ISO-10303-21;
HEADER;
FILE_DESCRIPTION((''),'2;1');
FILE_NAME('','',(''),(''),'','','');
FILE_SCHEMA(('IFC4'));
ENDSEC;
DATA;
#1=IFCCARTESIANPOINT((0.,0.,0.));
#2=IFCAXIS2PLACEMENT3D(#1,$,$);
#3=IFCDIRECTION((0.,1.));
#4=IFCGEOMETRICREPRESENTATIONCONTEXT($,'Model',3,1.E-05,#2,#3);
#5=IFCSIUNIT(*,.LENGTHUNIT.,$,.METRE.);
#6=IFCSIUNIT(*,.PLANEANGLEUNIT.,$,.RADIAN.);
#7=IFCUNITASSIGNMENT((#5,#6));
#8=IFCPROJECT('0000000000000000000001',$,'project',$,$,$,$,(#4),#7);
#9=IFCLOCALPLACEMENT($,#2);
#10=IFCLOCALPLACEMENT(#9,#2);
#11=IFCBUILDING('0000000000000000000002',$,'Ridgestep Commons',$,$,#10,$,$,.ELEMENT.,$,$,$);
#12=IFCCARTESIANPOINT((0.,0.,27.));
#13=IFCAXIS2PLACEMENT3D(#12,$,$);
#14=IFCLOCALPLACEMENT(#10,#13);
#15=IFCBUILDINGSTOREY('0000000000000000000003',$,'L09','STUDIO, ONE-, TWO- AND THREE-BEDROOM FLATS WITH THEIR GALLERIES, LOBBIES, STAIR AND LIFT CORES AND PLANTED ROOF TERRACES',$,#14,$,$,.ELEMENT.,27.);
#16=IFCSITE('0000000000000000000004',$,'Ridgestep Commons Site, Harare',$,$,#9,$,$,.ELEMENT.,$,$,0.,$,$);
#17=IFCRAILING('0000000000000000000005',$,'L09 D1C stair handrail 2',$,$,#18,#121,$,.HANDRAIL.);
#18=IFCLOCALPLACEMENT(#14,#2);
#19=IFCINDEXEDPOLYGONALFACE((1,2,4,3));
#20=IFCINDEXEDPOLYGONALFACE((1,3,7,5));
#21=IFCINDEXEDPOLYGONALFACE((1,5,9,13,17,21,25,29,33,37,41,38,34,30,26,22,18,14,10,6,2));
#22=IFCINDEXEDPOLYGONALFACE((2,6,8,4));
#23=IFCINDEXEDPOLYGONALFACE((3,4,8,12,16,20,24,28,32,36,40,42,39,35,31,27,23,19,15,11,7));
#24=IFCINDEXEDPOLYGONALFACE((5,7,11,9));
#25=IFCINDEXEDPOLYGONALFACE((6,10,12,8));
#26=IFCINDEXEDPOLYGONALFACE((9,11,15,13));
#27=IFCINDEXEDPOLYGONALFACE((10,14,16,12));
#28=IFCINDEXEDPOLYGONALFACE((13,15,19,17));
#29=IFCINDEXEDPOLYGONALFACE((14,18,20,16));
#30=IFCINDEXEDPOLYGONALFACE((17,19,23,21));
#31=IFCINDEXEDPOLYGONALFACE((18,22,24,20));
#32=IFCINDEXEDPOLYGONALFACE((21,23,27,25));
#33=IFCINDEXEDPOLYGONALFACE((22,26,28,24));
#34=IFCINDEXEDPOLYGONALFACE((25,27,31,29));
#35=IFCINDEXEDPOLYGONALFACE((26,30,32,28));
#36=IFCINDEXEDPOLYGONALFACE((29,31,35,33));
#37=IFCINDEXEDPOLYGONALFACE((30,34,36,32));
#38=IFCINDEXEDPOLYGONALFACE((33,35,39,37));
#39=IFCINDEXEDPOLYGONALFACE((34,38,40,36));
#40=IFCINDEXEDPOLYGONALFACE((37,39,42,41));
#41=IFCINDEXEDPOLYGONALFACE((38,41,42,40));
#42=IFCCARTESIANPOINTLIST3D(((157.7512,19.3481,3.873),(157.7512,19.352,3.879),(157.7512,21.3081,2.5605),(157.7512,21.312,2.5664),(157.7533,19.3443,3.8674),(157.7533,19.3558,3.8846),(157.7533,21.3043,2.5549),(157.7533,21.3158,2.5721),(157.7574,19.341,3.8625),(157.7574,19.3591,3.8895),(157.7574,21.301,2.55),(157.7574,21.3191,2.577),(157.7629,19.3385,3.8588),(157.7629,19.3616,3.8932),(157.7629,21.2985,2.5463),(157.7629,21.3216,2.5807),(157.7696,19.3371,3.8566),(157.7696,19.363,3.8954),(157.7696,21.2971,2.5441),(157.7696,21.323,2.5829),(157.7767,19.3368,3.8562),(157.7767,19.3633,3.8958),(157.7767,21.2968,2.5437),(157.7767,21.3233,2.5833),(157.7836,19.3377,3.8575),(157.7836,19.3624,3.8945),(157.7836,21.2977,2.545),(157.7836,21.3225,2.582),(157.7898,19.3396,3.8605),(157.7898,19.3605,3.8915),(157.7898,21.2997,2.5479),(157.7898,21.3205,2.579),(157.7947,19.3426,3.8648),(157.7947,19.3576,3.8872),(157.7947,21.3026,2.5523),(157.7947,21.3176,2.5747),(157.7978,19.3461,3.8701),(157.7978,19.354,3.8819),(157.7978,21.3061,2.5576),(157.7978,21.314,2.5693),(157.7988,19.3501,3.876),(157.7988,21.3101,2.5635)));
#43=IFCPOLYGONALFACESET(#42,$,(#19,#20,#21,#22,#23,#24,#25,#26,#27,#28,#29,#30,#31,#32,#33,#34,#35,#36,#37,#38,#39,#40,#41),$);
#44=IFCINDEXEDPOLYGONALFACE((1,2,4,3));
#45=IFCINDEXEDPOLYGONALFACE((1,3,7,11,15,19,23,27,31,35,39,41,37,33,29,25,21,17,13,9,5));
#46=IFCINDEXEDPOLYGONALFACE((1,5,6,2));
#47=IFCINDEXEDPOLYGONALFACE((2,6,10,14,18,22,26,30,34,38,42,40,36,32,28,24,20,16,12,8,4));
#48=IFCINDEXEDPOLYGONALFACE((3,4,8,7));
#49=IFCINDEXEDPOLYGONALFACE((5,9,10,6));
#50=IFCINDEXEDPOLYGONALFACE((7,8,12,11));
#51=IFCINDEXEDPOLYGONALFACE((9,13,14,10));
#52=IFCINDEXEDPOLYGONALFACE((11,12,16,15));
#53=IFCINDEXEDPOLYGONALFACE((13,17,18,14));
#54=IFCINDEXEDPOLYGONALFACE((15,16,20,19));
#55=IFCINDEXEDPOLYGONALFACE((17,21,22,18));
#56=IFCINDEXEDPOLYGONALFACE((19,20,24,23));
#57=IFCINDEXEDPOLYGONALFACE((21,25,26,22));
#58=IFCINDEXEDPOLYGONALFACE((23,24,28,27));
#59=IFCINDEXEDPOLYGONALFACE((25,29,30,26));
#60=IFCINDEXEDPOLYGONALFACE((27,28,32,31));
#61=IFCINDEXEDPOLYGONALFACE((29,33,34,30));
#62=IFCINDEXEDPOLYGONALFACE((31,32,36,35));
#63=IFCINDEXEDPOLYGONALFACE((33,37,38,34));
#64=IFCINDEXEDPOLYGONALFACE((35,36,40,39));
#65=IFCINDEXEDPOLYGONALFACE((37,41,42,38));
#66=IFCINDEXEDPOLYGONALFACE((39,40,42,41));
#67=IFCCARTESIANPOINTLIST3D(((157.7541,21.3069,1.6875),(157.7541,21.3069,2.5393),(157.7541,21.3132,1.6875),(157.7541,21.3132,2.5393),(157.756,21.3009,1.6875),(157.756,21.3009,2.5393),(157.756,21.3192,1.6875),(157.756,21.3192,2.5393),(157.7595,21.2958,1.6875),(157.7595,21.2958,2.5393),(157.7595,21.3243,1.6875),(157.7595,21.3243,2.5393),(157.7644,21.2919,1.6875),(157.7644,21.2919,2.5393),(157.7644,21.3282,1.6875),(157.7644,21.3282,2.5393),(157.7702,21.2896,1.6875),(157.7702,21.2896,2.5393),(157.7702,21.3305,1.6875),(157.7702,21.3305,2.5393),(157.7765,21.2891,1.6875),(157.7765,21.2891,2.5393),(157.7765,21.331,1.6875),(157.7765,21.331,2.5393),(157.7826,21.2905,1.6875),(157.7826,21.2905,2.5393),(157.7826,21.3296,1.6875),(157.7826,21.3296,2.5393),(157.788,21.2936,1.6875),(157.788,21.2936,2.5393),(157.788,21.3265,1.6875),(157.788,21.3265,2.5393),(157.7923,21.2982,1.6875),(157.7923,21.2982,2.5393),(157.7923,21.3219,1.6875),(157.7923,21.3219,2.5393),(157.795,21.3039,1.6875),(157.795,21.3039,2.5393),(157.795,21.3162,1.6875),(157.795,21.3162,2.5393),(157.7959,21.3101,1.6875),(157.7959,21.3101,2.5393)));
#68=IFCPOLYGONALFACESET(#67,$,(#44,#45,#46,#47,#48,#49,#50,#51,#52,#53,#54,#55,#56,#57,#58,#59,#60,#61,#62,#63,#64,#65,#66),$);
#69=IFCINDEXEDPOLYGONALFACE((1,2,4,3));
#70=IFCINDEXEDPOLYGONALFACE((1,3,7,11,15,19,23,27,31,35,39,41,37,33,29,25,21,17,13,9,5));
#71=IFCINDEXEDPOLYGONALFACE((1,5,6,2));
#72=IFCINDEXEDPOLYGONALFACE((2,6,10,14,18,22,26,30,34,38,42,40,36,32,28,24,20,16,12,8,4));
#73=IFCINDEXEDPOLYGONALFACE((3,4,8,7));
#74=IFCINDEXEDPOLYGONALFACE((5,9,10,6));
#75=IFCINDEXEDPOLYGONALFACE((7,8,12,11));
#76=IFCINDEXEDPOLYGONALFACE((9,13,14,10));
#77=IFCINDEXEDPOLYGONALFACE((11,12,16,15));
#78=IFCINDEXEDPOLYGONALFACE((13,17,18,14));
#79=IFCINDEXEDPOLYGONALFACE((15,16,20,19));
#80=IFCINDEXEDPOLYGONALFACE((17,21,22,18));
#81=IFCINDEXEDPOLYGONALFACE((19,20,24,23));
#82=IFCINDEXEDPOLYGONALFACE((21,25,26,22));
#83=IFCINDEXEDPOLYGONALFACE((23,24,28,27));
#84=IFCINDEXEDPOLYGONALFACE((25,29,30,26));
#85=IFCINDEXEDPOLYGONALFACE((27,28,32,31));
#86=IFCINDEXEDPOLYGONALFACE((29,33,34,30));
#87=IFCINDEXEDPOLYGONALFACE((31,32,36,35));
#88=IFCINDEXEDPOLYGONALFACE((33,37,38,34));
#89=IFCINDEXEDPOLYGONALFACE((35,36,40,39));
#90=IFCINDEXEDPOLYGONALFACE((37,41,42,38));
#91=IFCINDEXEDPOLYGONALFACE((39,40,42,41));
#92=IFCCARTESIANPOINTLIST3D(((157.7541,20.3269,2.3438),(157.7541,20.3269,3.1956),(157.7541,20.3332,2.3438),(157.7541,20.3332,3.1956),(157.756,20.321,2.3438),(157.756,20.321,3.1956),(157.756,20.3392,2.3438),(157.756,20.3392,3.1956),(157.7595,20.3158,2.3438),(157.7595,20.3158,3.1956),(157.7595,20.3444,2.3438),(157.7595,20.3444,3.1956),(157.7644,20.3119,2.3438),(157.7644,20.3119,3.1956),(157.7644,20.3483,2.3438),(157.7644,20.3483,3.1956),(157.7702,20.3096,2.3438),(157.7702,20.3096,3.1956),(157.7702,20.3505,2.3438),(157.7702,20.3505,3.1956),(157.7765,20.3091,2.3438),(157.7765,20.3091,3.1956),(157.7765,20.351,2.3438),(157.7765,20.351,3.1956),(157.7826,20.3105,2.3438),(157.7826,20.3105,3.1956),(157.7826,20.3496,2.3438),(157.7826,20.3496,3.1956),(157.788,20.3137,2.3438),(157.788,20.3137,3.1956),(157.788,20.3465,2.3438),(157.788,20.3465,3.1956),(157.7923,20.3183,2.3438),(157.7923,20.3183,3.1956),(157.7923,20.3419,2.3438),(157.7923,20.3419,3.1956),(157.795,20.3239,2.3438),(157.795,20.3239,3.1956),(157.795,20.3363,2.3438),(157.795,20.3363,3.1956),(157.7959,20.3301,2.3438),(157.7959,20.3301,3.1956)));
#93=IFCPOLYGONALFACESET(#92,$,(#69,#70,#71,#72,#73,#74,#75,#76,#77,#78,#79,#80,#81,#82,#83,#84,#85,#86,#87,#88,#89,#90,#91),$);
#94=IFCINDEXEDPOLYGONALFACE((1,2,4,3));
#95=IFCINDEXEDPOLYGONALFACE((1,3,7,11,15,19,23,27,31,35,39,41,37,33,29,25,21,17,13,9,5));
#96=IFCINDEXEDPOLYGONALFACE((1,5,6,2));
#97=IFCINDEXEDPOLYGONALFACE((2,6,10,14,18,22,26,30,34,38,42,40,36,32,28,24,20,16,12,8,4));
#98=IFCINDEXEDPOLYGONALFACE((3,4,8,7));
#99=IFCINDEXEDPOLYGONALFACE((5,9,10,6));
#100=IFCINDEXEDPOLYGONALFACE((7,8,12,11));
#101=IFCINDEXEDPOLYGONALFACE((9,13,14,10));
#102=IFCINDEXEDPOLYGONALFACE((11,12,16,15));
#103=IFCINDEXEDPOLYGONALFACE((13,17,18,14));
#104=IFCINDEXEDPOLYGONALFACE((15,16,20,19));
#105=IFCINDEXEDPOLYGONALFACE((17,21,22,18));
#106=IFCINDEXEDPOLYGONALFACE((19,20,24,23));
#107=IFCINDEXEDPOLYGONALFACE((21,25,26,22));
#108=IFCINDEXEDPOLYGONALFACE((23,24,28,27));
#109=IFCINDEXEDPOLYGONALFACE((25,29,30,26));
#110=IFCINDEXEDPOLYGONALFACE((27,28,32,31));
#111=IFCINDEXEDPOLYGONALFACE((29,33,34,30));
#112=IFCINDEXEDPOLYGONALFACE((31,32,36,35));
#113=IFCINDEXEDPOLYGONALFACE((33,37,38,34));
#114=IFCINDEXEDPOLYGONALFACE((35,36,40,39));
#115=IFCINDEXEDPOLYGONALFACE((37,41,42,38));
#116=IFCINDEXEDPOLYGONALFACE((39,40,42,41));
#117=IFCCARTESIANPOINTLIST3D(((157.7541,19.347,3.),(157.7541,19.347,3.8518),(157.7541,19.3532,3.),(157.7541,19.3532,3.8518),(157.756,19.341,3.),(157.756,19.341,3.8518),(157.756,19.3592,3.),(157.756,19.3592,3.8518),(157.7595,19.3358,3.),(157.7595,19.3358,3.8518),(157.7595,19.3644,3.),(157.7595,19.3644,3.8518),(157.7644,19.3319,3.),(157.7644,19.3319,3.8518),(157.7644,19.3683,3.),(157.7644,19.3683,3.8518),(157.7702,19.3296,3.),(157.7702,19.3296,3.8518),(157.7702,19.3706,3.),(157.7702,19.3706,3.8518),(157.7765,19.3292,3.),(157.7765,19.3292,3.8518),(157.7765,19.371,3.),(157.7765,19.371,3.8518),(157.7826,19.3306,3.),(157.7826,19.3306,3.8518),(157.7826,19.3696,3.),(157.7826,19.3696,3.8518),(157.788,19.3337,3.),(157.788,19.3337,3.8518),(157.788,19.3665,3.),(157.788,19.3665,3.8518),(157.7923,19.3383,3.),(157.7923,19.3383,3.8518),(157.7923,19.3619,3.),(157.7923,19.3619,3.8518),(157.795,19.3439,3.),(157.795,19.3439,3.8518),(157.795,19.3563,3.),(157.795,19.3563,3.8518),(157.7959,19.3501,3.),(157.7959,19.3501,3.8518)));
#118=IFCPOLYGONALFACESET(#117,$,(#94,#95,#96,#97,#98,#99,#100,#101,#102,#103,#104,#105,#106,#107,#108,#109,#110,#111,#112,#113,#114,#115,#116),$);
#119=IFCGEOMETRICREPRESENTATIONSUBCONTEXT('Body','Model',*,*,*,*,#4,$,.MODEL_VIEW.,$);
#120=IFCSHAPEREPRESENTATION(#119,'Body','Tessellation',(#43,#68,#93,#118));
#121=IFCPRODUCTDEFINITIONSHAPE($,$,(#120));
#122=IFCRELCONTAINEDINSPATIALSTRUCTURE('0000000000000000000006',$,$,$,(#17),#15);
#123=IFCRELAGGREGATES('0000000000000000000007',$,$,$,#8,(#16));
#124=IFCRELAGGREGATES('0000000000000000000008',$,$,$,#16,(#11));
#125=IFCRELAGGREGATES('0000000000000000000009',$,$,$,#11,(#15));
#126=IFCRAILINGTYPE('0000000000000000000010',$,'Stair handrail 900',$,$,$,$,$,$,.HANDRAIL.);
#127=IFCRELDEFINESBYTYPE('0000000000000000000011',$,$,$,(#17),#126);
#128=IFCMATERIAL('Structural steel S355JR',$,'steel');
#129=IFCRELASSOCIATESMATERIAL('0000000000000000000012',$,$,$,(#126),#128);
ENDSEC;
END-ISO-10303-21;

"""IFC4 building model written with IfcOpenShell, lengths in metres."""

from ifc_helpers import new_model, si_unit, direction, frame, origin, origin_2d, place, context, subcontext, project, spatial, circle, extrude, material, type_object, element, save


model = new_model("IFC4")

# Units and contexts
model_context = context("Model", 3, precision=1e-05, world=origin(), true_north=direction((0.0, 1.0)))
body_context = subcontext(model_context, "Body", "Model", "MODEL_VIEW")
ifc_project = project(units=[si_unit("LENGTHUNIT", "METRE"), si_unit("PLANEANGLEUNIT", "RADIAN")], contexts=[model_context])

# Site, building, storey
site_placement = place(None, origin())
site = spatial("IfcSite", under=ifc_project, at=site_placement, Name="Ridgestep Commons Site, Harare", CompositionType="ELEMENT", RefElevation=0.0)
building_placement = place(site_placement, origin())
building = spatial("IfcBuilding", under=site, at=building_placement, Name="Ridgestep Commons", CompositionType="ELEMENT")
storey_placement = place(building_placement, frame((0.0, 0.0, 27.0)))
storey = spatial("IfcBuildingStorey", under=building, at=storey_placement, Name="L09", Description="STUDIO, ONE-, TWO- AND THREE-BEDROOM FLATS WITH THEIR GALLERIES, LOBBIES, STAIR AND LIFT CORES AND PLANTED ROOF TERRACES", CompositionType="ELEMENT", Elevation=27.0)

# Railing
ifc_material_1 = material(Name="Structural steel S355JR", Category="steel")
railing_type_1 = type_object("IfcRailingType", Name="Stair handrail 900", PredefinedType="HANDRAIL", material=ifc_material_1)
railing_1_placement = place(storey_placement, frame((157.7749, 21.3101, 1.6875)))
element("IfcRailing", 1, at=railing_1_placement, inside=storey, type_object=railing_type_1, Name="L09 D1C stair handrail 2", PredefinedType="HANDRAIL", context=body_context, shape_type="SweptSolid", body=[
    extrude(circle(Radius=0.0239, at=origin_2d()), frame((0.0, 0.0, 0.876), z_axis=(0.0, -0.830902, 0.556419), x_axis=(1.0, 0.0, 0.0)), (0.0, 0.0, 1.0), 2.3589),
    extrude(circle(Radius=0.021, at=origin_2d()), origin(), (0.0, 0.0, 1.0), 0.8518),
    extrude(circle(Radius=0.021, at=origin_2d()), frame((0.0, -0.98, 0.6562)), (0.0, 0.0, 1.0), 0.8518),
    extrude(circle(Radius=0.021, at=origin_2d()), frame((0.0, -1.96, 1.3125)), (0.0, 0.0, 1.0), 0.8518),
])

save(model, "model.ifc")
